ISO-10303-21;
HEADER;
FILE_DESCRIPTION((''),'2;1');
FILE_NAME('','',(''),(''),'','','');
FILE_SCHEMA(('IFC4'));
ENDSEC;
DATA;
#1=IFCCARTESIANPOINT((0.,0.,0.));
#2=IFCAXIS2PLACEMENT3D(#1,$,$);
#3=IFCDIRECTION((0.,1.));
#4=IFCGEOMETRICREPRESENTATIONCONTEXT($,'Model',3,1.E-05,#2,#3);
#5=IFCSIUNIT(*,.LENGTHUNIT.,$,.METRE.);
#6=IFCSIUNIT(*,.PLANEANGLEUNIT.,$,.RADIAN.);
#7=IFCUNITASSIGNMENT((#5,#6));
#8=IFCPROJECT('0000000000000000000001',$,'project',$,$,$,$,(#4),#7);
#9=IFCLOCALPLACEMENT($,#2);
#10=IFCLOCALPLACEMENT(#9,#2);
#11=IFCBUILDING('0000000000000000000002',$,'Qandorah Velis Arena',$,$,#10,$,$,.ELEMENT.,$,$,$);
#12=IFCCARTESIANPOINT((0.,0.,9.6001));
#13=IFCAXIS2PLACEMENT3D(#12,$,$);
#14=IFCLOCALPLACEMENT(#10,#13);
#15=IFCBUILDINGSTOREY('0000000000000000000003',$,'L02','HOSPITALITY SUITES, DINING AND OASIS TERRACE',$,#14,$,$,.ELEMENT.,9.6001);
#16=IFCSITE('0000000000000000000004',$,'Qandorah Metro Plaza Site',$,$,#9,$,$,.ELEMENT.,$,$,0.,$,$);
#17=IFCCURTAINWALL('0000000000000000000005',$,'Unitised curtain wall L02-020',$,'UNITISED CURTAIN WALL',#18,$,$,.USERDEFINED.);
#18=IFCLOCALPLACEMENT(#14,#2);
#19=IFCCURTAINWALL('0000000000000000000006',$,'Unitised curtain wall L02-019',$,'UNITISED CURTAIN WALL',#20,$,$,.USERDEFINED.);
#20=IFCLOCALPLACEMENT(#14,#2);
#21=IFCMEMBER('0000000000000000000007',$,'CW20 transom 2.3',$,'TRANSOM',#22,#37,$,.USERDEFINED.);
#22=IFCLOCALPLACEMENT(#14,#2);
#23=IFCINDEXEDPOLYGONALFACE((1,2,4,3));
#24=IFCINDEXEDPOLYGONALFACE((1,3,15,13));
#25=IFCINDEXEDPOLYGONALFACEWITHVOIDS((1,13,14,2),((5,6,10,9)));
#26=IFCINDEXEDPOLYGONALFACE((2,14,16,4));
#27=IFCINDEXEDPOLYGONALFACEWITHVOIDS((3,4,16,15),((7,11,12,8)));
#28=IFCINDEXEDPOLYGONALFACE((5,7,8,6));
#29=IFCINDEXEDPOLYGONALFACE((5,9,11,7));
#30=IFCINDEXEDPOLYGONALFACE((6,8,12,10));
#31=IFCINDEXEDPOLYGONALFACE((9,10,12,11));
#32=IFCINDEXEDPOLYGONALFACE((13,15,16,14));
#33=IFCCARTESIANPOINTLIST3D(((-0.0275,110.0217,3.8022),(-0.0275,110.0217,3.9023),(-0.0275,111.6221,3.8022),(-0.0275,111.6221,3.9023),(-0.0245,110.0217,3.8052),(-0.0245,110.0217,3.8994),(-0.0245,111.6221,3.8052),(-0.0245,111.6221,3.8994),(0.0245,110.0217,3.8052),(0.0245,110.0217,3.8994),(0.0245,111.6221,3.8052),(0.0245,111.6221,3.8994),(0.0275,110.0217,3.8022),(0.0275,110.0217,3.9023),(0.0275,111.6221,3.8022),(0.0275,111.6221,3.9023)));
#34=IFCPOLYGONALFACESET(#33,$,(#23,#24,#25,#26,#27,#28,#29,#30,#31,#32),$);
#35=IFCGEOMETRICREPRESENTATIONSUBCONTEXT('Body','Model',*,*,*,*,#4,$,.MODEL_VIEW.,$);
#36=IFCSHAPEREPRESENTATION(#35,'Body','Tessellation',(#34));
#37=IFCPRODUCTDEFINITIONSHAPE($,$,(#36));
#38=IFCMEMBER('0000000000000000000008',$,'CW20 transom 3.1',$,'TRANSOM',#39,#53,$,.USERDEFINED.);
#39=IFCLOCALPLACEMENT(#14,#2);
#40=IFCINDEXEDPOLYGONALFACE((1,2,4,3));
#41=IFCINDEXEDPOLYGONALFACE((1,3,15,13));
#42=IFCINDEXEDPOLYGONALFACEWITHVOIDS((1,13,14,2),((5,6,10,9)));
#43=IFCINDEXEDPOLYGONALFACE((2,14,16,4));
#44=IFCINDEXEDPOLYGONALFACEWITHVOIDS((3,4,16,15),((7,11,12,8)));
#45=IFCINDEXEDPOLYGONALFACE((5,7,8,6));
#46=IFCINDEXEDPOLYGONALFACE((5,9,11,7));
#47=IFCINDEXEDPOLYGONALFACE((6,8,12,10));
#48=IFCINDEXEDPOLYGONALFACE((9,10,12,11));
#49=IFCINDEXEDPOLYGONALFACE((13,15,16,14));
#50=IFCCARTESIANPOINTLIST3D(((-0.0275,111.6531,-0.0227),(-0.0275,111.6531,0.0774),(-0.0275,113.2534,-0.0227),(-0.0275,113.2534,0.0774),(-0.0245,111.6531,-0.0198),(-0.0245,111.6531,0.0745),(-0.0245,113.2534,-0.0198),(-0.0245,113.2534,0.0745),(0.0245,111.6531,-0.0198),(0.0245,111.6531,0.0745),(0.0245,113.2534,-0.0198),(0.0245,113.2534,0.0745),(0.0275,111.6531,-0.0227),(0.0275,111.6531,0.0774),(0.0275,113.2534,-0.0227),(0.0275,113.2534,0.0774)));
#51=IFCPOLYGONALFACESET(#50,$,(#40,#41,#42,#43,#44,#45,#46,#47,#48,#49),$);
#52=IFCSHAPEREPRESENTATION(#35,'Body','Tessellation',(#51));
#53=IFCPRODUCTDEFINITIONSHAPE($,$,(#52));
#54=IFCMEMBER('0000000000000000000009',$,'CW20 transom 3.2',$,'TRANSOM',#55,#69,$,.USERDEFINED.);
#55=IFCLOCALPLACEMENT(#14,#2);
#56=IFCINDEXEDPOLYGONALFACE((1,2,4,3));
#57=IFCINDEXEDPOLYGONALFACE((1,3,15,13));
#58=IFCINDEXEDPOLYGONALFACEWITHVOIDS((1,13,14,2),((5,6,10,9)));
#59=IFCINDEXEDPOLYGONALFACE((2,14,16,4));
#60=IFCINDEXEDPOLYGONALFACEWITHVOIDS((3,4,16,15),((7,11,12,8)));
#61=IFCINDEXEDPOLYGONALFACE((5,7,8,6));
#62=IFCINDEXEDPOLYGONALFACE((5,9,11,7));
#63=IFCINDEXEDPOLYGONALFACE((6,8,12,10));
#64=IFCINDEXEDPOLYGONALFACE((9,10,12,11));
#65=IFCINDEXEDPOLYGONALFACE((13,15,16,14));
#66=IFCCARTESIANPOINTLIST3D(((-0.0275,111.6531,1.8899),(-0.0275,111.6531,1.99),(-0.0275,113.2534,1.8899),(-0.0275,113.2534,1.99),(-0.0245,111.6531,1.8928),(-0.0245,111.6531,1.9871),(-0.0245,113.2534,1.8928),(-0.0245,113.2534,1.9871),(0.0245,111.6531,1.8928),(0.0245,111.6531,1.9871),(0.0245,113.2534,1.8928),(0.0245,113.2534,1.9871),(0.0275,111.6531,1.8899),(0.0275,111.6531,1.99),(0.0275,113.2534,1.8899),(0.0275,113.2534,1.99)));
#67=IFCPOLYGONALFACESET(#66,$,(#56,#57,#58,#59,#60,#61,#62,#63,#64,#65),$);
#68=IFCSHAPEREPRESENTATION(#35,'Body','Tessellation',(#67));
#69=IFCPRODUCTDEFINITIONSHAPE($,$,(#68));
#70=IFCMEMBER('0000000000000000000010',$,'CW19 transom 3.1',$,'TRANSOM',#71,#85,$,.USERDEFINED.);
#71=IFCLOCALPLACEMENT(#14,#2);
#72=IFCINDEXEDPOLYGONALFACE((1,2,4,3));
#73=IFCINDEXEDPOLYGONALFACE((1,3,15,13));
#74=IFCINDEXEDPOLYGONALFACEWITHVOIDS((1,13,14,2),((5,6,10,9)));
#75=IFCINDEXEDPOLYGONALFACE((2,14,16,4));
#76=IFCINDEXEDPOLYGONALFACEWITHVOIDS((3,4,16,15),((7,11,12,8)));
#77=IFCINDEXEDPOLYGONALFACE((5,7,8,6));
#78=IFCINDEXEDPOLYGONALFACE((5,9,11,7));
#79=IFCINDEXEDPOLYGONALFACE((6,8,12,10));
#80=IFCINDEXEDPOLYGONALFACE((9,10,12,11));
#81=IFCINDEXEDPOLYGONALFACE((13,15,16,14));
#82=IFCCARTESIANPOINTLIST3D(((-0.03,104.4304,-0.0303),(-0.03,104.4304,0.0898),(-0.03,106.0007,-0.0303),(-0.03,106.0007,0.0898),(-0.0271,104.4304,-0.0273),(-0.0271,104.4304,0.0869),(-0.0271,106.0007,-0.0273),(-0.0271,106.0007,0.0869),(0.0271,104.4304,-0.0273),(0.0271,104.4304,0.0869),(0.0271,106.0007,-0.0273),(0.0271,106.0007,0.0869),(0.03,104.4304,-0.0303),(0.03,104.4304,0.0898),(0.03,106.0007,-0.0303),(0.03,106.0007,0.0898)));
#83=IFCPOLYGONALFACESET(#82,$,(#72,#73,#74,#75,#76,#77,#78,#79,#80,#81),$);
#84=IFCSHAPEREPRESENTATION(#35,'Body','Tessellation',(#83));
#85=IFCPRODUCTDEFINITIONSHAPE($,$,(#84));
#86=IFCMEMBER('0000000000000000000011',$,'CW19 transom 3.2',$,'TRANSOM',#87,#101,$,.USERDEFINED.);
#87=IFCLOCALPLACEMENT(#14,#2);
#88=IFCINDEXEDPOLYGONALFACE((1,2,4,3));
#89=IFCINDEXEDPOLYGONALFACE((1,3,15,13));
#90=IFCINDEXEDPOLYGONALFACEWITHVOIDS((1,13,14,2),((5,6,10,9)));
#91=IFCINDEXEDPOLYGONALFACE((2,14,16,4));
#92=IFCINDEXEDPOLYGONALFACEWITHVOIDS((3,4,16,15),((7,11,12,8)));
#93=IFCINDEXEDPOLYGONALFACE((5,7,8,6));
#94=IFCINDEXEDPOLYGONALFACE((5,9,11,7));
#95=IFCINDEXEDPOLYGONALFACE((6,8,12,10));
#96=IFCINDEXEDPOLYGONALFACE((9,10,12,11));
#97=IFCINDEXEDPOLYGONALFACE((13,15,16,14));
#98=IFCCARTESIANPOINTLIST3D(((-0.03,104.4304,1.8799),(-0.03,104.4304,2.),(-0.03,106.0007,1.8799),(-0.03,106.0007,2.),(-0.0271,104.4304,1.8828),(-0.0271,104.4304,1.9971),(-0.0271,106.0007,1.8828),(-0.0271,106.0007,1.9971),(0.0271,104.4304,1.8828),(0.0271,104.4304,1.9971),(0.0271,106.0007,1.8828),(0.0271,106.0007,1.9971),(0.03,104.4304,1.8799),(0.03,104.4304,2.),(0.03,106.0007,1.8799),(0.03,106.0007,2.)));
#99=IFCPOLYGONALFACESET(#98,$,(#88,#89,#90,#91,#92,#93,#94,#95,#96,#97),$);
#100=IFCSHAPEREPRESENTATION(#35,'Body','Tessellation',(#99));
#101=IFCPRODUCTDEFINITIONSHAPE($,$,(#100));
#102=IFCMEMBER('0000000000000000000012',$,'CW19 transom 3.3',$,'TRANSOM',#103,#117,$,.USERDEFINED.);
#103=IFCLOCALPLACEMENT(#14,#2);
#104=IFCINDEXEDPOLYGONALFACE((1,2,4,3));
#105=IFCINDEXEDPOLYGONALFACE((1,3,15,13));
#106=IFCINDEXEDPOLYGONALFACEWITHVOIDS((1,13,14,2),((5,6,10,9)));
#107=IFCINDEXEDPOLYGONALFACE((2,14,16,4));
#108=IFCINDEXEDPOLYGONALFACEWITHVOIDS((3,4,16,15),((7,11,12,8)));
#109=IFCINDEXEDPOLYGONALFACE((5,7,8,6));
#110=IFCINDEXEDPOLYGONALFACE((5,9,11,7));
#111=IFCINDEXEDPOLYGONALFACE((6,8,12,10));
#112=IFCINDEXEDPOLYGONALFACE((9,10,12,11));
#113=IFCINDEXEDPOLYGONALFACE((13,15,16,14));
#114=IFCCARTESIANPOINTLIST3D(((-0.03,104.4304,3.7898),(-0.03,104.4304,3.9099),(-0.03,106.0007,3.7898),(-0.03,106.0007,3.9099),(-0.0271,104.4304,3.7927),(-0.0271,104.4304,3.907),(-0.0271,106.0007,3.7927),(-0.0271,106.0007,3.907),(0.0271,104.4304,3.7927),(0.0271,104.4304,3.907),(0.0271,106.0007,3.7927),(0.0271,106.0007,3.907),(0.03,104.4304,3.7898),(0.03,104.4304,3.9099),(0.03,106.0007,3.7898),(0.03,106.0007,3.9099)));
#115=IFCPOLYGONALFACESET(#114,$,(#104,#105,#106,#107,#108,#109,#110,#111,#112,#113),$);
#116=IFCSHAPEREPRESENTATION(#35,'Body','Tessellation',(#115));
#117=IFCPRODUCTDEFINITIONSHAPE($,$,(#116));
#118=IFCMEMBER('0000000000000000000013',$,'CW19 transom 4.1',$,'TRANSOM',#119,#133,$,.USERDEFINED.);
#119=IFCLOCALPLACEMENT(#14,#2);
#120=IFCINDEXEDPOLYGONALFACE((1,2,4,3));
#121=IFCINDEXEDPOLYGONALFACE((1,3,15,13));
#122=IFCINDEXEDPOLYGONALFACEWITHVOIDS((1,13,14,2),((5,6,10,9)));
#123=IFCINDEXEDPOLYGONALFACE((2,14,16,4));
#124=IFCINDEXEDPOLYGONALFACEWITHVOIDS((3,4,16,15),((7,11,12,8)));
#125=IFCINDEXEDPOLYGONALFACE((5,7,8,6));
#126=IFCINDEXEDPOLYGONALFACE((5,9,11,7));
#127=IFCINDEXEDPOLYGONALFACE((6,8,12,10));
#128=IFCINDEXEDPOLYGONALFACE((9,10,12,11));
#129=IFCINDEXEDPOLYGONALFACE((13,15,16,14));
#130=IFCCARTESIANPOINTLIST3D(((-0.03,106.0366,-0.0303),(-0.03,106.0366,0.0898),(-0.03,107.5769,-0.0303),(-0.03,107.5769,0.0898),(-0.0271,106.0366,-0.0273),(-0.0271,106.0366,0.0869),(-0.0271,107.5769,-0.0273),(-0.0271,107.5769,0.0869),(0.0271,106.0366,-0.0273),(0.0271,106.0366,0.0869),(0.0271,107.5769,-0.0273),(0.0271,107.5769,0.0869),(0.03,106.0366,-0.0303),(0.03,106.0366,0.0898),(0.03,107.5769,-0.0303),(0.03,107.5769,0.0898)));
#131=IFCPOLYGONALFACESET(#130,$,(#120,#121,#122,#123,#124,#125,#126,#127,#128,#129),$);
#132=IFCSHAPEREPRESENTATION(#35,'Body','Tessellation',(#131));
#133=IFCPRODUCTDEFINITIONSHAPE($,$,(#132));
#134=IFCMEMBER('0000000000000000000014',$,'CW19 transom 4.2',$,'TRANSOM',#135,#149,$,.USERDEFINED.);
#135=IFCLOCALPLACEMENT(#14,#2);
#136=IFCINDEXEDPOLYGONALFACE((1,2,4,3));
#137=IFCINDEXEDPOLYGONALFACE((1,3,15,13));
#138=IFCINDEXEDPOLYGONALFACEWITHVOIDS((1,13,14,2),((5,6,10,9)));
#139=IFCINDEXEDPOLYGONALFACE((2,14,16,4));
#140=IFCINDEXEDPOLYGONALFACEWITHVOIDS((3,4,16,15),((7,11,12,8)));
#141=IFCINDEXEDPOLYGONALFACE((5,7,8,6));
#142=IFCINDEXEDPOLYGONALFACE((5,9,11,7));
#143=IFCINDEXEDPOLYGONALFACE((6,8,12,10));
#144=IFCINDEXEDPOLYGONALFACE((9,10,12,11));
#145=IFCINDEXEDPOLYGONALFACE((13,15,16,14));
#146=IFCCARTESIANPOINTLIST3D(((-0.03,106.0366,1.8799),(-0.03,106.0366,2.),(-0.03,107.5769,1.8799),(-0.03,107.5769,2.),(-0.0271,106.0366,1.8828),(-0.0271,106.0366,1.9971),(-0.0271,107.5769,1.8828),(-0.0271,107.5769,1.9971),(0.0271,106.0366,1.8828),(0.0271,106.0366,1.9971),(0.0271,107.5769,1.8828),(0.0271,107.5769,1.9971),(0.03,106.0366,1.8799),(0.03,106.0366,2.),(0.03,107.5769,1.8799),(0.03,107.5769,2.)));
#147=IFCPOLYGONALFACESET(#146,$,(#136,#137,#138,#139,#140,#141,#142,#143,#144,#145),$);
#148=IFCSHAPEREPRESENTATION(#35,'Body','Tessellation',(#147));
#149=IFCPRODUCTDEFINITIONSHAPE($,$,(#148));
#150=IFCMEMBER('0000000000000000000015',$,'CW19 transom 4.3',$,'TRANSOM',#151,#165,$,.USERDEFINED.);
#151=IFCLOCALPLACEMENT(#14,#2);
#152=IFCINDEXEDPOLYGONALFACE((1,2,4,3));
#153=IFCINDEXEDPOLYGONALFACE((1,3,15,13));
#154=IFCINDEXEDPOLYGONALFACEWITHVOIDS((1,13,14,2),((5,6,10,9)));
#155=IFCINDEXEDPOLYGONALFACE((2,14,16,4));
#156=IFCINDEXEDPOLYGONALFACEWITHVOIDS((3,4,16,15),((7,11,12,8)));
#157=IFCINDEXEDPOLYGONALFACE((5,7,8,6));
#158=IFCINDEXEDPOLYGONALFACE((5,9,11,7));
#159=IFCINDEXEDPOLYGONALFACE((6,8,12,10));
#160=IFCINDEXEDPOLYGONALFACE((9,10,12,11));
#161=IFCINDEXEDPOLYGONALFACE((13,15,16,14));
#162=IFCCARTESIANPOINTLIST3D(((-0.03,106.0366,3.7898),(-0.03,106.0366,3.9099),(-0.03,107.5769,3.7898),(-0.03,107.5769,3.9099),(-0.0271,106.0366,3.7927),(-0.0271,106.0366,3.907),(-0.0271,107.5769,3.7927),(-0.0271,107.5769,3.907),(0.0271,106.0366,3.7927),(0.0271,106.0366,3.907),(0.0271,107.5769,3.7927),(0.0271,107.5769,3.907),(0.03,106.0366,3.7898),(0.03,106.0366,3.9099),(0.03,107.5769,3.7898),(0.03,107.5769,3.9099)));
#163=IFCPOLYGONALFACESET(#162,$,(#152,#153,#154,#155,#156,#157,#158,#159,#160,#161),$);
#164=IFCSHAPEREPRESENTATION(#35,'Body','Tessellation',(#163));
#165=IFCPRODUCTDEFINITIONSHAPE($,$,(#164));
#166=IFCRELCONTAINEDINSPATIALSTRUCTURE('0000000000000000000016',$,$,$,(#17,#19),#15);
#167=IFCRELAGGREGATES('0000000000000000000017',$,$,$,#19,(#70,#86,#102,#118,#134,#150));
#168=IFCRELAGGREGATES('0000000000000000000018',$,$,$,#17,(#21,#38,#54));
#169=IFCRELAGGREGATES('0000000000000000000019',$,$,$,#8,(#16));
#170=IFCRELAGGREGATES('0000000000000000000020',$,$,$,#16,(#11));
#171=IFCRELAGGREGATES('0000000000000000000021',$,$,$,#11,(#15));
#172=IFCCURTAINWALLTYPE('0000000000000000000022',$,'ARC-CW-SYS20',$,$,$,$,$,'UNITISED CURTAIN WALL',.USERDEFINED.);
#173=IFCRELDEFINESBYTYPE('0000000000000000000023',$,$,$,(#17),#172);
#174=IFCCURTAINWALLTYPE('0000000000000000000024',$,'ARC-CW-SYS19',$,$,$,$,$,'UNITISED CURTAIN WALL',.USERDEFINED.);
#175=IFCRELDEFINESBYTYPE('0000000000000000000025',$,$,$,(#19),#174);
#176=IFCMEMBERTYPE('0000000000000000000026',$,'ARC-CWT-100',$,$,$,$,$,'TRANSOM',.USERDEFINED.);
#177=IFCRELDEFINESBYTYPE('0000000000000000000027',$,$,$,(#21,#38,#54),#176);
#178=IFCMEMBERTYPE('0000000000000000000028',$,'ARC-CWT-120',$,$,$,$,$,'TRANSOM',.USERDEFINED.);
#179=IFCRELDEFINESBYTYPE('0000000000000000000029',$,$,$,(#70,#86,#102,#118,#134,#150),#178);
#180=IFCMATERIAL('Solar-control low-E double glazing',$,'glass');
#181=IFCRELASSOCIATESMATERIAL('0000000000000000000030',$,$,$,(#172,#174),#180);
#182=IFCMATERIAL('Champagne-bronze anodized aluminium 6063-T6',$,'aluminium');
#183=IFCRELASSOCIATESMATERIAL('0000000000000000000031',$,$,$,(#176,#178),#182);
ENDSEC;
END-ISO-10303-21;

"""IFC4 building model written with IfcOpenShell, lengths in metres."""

from ifc_helpers import new_model, si_unit, direction, frame, origin, origin_2d, place, context, subcontext, project, spatial, hollow_rectangle, extrude, material, material_profile, profile_set, type_object, element, aggregate, save


model = new_model("IFC4")

# Units and contexts
model_context = context("Model", 3, precision=1e-05, world=origin(), true_north=direction((0.0, 1.0)))
body_context = subcontext(model_context, "Body", "Model", "MODEL_VIEW")
ifc_project = project(units=[si_unit("LENGTHUNIT", "METRE"), si_unit("PLANEANGLEUNIT", "RADIAN")], contexts=[model_context])

# Site, building, storey
site_placement = place(None, origin())
site = spatial("IfcSite", under=ifc_project, at=site_placement, Name="Qandorah Metro Plaza Site", CompositionType="ELEMENT", RefElevation=0.0)
building_placement = place(site_placement, origin())
building = spatial("IfcBuilding", under=site, at=building_placement, Name="Qandorah Velis Arena", CompositionType="ELEMENT")
storey_placement = place(building_placement, frame((0.0, 0.0, 9.6001)))
storey = spatial("IfcBuildingStorey", under=building, at=storey_placement, Name="L02", Description="HOSPITALITY SUITES, DINING AND OASIS TERRACE", CompositionType="ELEMENT", Elevation=9.6001)

# Curtain walls
ifc_material_1 = material(Name="Solar-control low-E double glazing", Category="glass")
curtain_wall_type_1 = type_object("IfcCurtainWallType", Name="ARC-CW-SYS20", ElementType="UNITISED CURTAIN WALL", PredefinedType="USERDEFINED", material=ifc_material_1)
curtain_wall_1_placement = place(storey_placement, origin())
curtain_wall_1 = element("IfcCurtainWall", 1, at=curtain_wall_1_placement, inside=storey, type_object=curtain_wall_type_1, Name="Unitised curtain wall L02-020", ObjectType="UNITISED CURTAIN WALL", PredefinedType="USERDEFINED")
ifc_material_2 = material(Name="Champagne-bronze anodized aluminium 6063-T6", Category="aluminium")
curtain_wall_type_2 = type_object("IfcCurtainWallType", Name="ARC-CW-SYS19", ElementType="UNITISED CURTAIN WALL", PredefinedType="USERDEFINED", material=ifc_material_1)
curtain_wall_2_placement = place(storey_placement, origin())
curtain_wall_2 = element("IfcCurtainWall", 2, at=curtain_wall_2_placement, inside=storey, type_object=curtain_wall_type_2, Name="Unitised curtain wall L02-019", ObjectType="UNITISED CURTAIN WALL", PredefinedType="USERDEFINED")

# Members
ifc_material_profile_1 = material_profile(ifc_material_2, hollow_rectangle(XDim=0.0549, YDim=0.1001, WallThickness=0.0029, at=origin_2d()), Name="ALU TRANSOM 55x100")
ifc_profile_set_1 = profile_set([ifc_material_profile_1], Name="Champagne-bronze anodized aluminium 6063-T6")
member_type_1 = type_object("IfcMemberType", Name="ARC-CWT-100", ElementType="TRANSOM", PredefinedType="USERDEFINED", material=ifc_profile_set_1)
member_1_placement = place(storey_placement, frame((0.0, 110.0217, 3.8523), z_axis=(0.0, 1.0, 0.0), x_axis=(-1.0, 0.0, 0.0)))
member_1 = element("IfcMember", 3, at=member_1_placement, type_object=member_type_1, Name="CW20 transom 2.3", ObjectType="TRANSOM", PredefinedType="USERDEFINED", context=body_context, shape_type="SweptSolid", body=[
    extrude(hollow_rectangle(XDim=0.0549, YDim=0.1001, WallThickness=0.0029, at=origin_2d()), origin(), (0.0, 0.0, 1.0), 1.6003),
])
member_2_placement = place(storey_placement, frame((0.0, 111.6531, 0.0273), z_axis=(0.0, 1.0, 0.0), x_axis=(-1.0, 0.0, 0.0)))
member_2 = element("IfcMember", 4, at=member_2_placement, type_object=member_type_1, Name="CW20 transom 3.1", ObjectType="TRANSOM", PredefinedType="USERDEFINED", context=body_context, shape_type="SweptSolid", body=[
    extrude(hollow_rectangle(XDim=0.0549, YDim=0.1001, WallThickness=0.0029, at=origin_2d()), origin(), (0.0, 0.0, 1.0), 1.6003),
])
member_3_placement = place(storey_placement, frame((0.0, 111.6531, 1.9399), z_axis=(0.0, 1.0, 0.0), x_axis=(-1.0, 0.0, 0.0)))
member_3 = element("IfcMember", 5, at=member_3_placement, type_object=member_type_1, Name="CW20 transom 3.2", ObjectType="TRANSOM", PredefinedType="USERDEFINED", context=body_context, shape_type="SweptSolid", body=[
    extrude(hollow_rectangle(XDim=0.0549, YDim=0.1001, WallThickness=0.0029, at=origin_2d()), origin(), (0.0, 0.0, 1.0), 1.6003),
])
ifc_material_profile_2 = material_profile(ifc_material_2, hollow_rectangle(XDim=0.0601, YDim=0.1201, WallThickness=0.0029, at=origin_2d()), Name="ALU TRANSOM 60x120")
ifc_profile_set_2 = profile_set([ifc_material_profile_2], Name="Champagne-bronze anodized aluminium 6063-T6")
member_type_2 = type_object("IfcMemberType", Name="ARC-CWT-120", ElementType="TRANSOM", PredefinedType="USERDEFINED", material=ifc_profile_set_2)
member_4_placement = place(storey_placement, frame((0.0, 104.4304, 0.0298), z_axis=(0.0, 1.0, 0.0), x_axis=(-1.0, 0.0, 0.0)))
member_4 = element("IfcMember", 6, at=member_4_placement, type_object=member_type_2, Name="CW19 transom 3.1", ObjectType="TRANSOM", PredefinedType="USERDEFINED", context=body_context, shape_type="SweptSolid", body=[
    extrude(hollow_rectangle(XDim=0.0601, YDim=0.1201, WallThickness=0.0029, at=origin_2d()), origin(), (0.0, 0.0, 1.0), 1.5703),
])
member_5_placement = place(storey_placement, frame((0.0, 104.4304, 1.9399), z_axis=(0.0, 1.0, 0.0), x_axis=(-1.0, 0.0, 0.0)))
member_5 = element("IfcMember", 7, at=member_5_placement, type_object=member_type_2, Name="CW19 transom 3.2", ObjectType="TRANSOM", PredefinedType="USERDEFINED", context=body_context, shape_type="SweptSolid", body=[
    extrude(hollow_rectangle(XDim=0.0601, YDim=0.1201, WallThickness=0.0029, at=origin_2d()), origin(), (0.0, 0.0, 1.0), 1.5703),
])
member_6_placement = place(storey_placement, frame((0.0, 104.4304, 3.8499), z_axis=(0.0, 1.0, 0.0), x_axis=(-1.0, 0.0, 0.0)))
member_6 = element("IfcMember", 8, at=member_6_placement, type_object=member_type_2, Name="CW19 transom 3.3", ObjectType="TRANSOM", PredefinedType="USERDEFINED", context=body_context, shape_type="SweptSolid", body=[
    extrude(hollow_rectangle(XDim=0.0601, YDim=0.1201, WallThickness=0.0029, at=origin_2d()), origin(), (0.0, 0.0, 1.0), 1.5703),
])
member_7_placement = place(storey_placement, frame((0.0, 106.0366, 0.0298), z_axis=(0.0, 1.0, 0.0), x_axis=(-1.0, 0.0, 0.0)))
member_7 = element("IfcMember", 9, at=member_7_placement, type_object=member_type_2, Name="CW19 transom 4.1", ObjectType="TRANSOM", PredefinedType="USERDEFINED", context=body_context, shape_type="SweptSolid", body=[
    extrude(hollow_rectangle(XDim=0.0601, YDim=0.1201, WallThickness=0.0029, at=origin_2d()), origin(), (0.0, 0.0, 1.0), 1.5403),
])
member_8_placement = place(storey_placement, frame((0.0, 106.0366, 1.9399), z_axis=(0.0, 1.0, 0.0), x_axis=(-1.0, 0.0, 0.0)))
member_8 = element("IfcMember", 10, at=member_8_placement, type_object=member_type_2, Name="CW19 transom 4.2", ObjectType="TRANSOM", PredefinedType="USERDEFINED", context=body_context, shape_type="SweptSolid", body=[
    extrude(hollow_rectangle(XDim=0.0601, YDim=0.1201, WallThickness=0.0029, at=origin_2d()), origin(), (0.0, 0.0, 1.0), 1.5403),
])
member_9_placement = place(storey_placement, frame((0.0, 106.0366, 3.8499), z_axis=(0.0, 1.0, 0.0), x_axis=(-1.0, 0.0, 0.0)))
member_9 = element("IfcMember", 11, at=member_9_placement, type_object=member_type_2, Name="CW19 transom 4.3", ObjectType="TRANSOM", PredefinedType="USERDEFINED", context=body_context, shape_type="SweptSolid", body=[
    extrude(hollow_rectangle(XDim=0.0601, YDim=0.1201, WallThickness=0.0029, at=origin_2d()), origin(), (0.0, 0.0, 1.0), 1.5403),
])

aggregate(curtain_wall_2, [member_4, member_5, member_6, member_7, member_8, member_9])
aggregate(curtain_wall_1, [member_1, member_2, member_3])

save(model, "model.ifc")
